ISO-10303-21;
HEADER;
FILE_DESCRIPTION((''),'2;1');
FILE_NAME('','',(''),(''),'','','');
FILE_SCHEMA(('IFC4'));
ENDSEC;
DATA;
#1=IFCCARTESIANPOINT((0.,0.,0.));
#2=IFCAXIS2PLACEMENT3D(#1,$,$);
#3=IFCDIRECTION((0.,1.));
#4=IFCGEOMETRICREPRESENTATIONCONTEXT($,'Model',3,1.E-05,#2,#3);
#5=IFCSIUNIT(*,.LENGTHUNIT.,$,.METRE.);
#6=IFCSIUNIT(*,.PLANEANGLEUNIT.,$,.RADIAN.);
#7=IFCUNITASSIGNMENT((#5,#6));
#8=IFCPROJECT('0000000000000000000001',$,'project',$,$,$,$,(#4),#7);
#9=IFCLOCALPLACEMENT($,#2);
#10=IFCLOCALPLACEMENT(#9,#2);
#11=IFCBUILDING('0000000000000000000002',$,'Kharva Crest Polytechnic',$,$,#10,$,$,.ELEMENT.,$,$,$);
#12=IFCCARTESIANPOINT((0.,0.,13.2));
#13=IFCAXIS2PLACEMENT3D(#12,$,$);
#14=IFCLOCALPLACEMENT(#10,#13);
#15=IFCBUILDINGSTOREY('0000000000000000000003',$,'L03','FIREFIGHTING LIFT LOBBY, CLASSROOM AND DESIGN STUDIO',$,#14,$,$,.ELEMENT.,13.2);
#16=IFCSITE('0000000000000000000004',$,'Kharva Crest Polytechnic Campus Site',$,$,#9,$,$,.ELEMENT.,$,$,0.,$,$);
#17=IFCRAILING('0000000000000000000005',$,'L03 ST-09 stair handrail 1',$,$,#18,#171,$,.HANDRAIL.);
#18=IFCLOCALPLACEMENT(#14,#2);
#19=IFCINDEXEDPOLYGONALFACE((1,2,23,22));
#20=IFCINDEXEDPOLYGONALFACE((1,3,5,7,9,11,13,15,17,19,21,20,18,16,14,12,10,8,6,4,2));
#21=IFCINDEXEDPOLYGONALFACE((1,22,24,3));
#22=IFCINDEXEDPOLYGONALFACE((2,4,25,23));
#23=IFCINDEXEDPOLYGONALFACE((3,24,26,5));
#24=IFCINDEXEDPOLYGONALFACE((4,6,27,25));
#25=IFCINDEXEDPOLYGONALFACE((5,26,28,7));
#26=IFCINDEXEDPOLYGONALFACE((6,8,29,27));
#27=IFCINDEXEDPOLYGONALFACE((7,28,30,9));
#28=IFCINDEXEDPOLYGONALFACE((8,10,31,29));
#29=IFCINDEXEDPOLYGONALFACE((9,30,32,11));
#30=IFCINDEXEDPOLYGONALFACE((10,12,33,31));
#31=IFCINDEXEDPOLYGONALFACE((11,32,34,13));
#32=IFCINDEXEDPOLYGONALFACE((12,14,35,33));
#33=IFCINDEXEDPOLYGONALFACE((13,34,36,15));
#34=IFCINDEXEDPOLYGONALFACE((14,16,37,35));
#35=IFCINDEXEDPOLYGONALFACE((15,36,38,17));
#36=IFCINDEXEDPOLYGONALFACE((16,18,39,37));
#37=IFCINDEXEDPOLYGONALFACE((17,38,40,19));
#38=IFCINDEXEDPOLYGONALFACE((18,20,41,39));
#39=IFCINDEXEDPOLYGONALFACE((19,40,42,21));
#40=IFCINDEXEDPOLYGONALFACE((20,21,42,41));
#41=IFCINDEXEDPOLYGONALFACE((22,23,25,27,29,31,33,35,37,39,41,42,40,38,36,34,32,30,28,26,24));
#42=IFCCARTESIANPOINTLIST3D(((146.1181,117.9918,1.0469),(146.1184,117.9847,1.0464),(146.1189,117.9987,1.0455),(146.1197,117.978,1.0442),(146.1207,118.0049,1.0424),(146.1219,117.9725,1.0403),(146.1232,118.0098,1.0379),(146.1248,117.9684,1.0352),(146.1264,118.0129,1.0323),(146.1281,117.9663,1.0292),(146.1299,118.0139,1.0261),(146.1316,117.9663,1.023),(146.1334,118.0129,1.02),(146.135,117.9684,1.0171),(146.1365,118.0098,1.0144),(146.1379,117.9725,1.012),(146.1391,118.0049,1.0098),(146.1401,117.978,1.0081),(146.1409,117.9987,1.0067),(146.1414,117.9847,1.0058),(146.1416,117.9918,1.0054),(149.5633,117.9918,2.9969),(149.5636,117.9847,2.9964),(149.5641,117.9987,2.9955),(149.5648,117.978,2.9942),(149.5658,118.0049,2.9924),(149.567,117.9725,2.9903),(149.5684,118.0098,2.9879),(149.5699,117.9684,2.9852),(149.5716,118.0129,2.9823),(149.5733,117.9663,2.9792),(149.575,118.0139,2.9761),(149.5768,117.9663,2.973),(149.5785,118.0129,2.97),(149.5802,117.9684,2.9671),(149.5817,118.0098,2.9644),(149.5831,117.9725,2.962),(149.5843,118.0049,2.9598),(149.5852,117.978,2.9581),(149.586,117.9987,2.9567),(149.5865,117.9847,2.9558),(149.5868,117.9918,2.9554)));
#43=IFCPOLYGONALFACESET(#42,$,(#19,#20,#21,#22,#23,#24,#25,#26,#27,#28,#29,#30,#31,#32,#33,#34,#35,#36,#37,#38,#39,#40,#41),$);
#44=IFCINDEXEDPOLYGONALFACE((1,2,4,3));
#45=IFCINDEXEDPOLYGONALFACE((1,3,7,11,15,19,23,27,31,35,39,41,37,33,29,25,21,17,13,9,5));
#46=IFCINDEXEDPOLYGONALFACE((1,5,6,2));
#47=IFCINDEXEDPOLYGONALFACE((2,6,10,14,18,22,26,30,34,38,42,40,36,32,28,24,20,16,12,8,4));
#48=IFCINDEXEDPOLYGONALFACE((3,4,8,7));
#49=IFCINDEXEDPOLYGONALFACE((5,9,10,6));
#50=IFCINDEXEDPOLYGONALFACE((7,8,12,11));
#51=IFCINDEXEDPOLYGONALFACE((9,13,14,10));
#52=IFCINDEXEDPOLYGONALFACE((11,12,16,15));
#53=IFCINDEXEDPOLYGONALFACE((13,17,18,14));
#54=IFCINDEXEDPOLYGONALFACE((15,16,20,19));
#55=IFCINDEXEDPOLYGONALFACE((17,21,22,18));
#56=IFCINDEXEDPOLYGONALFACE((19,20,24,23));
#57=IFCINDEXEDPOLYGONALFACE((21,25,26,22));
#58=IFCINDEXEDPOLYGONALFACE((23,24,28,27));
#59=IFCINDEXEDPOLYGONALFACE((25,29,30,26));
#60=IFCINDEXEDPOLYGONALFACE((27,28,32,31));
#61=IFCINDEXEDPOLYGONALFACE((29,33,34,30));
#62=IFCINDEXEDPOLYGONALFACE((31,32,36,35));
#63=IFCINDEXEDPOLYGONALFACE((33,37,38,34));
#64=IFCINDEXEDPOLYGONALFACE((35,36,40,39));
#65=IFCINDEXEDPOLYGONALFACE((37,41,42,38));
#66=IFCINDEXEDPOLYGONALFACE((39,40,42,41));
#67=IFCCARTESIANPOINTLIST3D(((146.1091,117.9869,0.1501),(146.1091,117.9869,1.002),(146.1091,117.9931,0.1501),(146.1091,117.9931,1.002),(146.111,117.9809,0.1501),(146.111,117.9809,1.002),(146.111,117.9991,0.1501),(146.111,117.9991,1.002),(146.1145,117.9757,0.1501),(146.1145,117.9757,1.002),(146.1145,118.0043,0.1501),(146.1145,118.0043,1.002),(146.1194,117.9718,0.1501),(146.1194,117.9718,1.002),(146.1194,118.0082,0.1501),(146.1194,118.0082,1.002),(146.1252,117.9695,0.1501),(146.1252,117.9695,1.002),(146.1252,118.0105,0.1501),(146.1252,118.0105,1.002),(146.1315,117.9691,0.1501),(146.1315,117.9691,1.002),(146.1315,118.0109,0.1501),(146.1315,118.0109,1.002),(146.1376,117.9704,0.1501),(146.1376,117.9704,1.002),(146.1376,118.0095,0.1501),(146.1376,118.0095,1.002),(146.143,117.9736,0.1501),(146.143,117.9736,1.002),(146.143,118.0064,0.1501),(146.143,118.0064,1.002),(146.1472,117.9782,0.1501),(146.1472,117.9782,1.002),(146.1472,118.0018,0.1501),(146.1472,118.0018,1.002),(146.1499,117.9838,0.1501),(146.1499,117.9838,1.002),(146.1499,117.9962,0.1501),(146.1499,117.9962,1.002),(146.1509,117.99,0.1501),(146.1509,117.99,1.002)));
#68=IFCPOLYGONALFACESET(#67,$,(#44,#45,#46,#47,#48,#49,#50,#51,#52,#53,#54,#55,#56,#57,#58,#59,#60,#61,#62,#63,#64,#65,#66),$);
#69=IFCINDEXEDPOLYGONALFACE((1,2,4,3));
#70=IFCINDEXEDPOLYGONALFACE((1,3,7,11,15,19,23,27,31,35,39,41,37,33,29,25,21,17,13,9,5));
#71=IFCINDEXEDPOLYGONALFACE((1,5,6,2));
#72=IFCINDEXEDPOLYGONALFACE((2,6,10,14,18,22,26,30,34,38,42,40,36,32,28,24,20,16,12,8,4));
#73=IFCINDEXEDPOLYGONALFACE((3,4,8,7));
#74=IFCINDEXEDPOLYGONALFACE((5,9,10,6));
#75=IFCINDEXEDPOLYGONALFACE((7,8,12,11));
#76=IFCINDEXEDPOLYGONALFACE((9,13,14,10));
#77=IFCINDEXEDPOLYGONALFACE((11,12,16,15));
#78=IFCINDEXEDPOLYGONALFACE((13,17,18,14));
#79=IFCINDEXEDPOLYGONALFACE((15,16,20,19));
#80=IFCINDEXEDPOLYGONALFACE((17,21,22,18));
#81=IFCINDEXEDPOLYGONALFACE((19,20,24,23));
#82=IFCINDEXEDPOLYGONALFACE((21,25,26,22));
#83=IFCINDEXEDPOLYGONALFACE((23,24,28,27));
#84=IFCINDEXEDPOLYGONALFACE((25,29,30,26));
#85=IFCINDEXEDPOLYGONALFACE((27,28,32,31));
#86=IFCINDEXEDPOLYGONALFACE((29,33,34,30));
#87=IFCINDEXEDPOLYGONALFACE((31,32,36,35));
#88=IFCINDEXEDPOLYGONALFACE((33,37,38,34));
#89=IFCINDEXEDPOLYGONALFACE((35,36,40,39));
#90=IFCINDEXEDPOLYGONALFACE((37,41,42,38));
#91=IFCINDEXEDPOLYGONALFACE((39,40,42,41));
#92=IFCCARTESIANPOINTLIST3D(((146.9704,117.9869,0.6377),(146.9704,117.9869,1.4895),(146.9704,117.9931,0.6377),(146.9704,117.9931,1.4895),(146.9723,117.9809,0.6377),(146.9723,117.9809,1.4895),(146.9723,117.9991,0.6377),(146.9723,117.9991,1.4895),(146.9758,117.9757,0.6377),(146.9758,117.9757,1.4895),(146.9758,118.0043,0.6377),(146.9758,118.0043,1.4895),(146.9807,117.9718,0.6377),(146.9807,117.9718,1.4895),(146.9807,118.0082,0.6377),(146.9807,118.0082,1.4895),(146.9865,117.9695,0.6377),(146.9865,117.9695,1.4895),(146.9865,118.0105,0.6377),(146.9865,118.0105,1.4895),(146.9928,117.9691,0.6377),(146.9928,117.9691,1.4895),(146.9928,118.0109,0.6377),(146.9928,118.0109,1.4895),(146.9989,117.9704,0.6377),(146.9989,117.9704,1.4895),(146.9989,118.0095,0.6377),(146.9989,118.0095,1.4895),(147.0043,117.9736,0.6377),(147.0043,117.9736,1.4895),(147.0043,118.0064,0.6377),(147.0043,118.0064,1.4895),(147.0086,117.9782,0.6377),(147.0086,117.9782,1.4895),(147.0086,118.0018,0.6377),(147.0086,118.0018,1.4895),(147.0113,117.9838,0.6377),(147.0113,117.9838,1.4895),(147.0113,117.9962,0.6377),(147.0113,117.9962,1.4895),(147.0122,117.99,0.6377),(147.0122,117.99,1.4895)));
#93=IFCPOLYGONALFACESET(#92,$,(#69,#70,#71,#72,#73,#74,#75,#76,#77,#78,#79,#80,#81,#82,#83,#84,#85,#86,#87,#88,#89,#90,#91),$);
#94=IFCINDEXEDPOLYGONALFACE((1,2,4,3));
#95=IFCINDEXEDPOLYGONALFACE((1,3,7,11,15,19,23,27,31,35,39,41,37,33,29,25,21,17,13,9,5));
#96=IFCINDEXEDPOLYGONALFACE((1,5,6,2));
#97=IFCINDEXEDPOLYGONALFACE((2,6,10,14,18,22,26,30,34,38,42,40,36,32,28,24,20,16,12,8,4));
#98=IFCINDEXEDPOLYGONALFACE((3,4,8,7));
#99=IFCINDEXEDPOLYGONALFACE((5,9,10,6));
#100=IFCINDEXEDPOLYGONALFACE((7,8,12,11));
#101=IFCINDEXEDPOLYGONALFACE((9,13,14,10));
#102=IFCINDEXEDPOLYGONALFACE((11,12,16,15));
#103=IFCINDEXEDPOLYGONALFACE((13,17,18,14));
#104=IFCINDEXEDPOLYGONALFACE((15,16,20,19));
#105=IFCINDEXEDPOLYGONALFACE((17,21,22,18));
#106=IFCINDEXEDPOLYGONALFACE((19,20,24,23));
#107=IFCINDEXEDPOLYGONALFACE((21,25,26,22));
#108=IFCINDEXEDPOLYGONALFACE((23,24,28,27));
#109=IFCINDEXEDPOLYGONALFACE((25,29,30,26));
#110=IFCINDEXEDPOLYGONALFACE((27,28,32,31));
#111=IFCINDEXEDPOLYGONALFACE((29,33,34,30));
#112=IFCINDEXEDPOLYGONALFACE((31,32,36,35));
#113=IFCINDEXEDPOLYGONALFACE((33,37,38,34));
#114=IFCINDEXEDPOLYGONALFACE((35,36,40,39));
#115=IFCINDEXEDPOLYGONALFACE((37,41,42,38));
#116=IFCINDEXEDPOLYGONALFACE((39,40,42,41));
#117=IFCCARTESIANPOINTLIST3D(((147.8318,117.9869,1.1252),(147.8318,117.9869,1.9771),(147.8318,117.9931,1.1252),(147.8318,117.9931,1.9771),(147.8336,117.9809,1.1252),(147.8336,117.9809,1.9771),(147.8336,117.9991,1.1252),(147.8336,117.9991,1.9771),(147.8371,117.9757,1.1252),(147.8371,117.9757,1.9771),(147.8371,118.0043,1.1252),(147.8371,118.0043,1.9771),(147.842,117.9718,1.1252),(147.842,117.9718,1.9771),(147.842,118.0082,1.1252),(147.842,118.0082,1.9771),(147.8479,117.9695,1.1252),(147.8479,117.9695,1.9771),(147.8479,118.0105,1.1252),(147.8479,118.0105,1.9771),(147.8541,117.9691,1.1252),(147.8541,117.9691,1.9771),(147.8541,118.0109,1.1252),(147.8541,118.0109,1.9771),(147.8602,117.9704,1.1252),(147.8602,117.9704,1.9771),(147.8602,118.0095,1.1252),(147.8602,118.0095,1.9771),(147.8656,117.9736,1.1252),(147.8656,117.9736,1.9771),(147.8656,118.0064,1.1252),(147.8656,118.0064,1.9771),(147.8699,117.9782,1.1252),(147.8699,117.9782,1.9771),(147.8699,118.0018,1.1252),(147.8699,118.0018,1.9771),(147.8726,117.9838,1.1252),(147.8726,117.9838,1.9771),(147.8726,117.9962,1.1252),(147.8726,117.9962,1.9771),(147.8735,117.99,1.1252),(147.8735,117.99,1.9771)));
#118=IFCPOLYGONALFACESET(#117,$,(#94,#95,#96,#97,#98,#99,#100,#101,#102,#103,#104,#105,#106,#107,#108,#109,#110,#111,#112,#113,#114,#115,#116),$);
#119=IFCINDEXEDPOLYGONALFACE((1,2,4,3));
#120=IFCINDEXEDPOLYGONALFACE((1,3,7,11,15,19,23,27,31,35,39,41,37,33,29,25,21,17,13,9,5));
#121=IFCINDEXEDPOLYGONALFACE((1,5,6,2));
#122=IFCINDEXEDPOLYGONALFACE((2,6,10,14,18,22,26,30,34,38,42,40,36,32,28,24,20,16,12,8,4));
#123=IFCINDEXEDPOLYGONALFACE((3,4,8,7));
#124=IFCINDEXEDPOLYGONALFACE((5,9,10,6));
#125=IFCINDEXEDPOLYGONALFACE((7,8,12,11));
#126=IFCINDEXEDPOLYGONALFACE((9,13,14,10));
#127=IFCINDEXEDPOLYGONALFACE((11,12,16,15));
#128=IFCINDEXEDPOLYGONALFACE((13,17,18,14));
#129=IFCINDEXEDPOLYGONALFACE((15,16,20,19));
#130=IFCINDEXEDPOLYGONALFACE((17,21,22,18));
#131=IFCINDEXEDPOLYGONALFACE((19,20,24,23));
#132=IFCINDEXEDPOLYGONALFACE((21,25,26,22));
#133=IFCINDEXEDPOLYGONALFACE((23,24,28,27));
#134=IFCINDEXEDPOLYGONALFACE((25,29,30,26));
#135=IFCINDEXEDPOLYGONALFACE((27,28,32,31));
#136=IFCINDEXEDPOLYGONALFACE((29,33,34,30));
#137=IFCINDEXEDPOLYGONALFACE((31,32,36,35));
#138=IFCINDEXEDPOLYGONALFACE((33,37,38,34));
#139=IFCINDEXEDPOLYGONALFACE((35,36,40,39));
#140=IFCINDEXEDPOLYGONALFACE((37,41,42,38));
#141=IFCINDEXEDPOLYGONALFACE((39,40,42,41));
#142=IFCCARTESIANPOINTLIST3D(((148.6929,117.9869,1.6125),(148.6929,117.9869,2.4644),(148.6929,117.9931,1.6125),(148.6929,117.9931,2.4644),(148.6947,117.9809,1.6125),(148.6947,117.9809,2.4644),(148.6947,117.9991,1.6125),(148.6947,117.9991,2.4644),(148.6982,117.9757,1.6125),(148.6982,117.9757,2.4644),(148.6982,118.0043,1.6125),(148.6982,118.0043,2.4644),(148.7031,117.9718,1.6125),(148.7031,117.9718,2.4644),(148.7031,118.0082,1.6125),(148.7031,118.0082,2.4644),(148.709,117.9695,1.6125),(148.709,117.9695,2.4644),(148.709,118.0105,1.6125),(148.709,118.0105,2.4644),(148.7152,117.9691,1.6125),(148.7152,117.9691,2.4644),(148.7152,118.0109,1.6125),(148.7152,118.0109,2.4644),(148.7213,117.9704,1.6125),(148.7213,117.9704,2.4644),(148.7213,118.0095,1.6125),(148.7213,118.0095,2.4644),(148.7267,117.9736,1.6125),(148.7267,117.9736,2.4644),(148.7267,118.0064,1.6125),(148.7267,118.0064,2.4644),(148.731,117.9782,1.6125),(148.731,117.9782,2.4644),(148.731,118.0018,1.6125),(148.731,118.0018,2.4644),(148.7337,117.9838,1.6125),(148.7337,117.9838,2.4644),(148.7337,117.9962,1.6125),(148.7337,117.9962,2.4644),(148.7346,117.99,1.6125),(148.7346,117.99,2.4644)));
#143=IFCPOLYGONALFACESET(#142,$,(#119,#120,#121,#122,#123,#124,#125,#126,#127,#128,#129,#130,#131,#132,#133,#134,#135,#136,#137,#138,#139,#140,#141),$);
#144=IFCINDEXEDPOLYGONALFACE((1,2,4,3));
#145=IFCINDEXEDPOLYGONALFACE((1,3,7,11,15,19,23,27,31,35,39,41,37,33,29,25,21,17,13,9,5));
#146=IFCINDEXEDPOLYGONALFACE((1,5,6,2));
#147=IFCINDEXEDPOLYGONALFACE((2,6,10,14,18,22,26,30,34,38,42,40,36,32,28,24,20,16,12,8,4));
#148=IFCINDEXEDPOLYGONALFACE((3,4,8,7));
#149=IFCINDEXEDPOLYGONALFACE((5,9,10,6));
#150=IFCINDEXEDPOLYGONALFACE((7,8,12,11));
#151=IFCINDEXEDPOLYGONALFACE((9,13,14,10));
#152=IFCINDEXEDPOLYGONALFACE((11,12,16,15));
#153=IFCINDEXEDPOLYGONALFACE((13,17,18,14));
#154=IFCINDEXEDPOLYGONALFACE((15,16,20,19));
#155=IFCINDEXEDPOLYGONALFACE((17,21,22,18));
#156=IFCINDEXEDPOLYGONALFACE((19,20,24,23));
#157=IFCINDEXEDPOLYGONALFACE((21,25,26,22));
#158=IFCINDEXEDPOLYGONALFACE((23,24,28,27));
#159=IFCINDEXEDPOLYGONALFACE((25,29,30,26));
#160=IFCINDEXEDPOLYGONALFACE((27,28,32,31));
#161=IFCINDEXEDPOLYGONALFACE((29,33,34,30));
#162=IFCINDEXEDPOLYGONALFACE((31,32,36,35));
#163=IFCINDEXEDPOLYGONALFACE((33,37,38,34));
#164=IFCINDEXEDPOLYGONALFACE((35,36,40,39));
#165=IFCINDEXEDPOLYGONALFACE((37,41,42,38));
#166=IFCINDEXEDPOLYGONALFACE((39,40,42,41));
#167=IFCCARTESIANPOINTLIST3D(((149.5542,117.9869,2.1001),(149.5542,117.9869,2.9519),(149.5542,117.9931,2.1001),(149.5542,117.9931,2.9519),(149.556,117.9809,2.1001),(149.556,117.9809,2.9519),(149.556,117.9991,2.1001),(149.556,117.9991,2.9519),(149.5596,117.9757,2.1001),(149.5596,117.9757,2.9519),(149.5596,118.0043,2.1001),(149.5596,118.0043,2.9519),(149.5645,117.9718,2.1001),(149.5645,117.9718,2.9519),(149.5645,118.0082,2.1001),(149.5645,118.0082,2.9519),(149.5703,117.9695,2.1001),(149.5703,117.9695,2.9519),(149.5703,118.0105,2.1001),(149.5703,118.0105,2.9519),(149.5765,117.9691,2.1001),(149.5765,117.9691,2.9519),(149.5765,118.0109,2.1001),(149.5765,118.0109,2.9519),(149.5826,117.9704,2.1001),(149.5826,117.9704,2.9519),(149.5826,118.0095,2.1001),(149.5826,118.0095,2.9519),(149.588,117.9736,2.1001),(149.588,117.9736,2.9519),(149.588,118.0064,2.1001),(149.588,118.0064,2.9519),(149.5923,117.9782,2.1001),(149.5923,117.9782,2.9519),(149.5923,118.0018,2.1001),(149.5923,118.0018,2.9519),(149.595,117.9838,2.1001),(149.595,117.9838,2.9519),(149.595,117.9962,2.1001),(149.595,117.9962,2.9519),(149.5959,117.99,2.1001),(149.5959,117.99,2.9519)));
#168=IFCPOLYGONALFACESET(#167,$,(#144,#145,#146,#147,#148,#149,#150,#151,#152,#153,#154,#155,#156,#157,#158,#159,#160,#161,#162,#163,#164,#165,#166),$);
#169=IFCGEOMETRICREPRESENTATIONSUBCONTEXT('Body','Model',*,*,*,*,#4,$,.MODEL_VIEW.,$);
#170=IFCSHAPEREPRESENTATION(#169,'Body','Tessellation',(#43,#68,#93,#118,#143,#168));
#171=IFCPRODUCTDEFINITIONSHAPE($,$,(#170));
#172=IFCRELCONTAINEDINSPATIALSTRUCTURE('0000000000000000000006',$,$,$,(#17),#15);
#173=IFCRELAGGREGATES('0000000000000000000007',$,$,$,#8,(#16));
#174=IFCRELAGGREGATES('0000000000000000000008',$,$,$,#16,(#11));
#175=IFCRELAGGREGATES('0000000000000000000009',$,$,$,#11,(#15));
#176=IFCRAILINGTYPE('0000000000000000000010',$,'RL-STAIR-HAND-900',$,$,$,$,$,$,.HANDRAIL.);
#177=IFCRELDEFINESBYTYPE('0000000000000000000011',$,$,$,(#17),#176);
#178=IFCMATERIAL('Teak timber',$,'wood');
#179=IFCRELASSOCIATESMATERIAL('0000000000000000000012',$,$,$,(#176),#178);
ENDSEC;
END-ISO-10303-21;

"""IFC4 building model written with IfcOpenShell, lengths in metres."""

from ifc_helpers import new_model, si_unit, direction, frame, origin, origin_2d, place, context, subcontext, project, spatial, circle, extrude, material, type_object, element, save


model = new_model("IFC4")

# Units and contexts
model_context = context("Model", 3, precision=1e-05, world=origin(), true_north=direction((0.0, 1.0)))
body_context = subcontext(model_context, "Body", "Model", "MODEL_VIEW")
ifc_project = project(units=[si_unit("LENGTHUNIT", "METRE"), si_unit("PLANEANGLEUNIT", "RADIAN")], contexts=[model_context])

# Site, building, storey
site_placement = place(None, origin())
site = spatial("IfcSite", under=ifc_project, at=site_placement, Name="Kharva Crest Polytechnic Campus Site", CompositionType="ELEMENT", RefElevation=0.0)
building_placement = place(site_placement, origin())
building = spatial("IfcBuilding", under=site, at=building_placement, Name="Kharva Crest Polytechnic", CompositionType="ELEMENT")
storey_placement = place(building_placement, frame((0.0, 0.0, 13.2)))
storey = spatial("IfcBuildingStorey", under=building, at=storey_placement, Name="L03", Description="FIREFIGHTING LIFT LOBBY, CLASSROOM AND DESIGN STUDIO", CompositionType="ELEMENT", Elevation=13.2)

# Shared definitions
ifc_material_1 = material(Name="Teak timber", Category="wood")

# Railing
railing_type_1 = type_object("IfcRailingType", Name="RL-STAIR-HAND-900", PredefinedType="HANDRAIL", material=ifc_material_1)
railing_1_placement = place(storey_placement, frame((146.1299, 117.99, 0.1501)))
element("IfcRailing", 1, at=railing_1_placement, inside=storey, type_object=railing_type_1, Name="L03 ST-09 stair handrail 1", PredefinedType="HANDRAIL", context=body_context, shape_type="SweptSolid", body=[
    extrude(circle(Radius=0.0239, at=origin_2d()), frame((0.0, 0.0, 0.876), z_axis=(0.870266, 0.0, 0.492581), x_axis=(0.0, 1.0, 0.0)), (0.0, 0.0, 1.0), 3.9587),
    extrude(circle(Radius=0.021, at=origin_2d()), origin(), (0.0, 0.0, 1.0), 0.8518),
    extrude(circle(Radius=0.021, at=origin_2d()), frame((0.8613, 0.0, 0.4875)), (0.0, 0.0, 1.0), 0.8518),
    extrude(circle(Radius=0.021, at=origin_2d()), frame((1.7227, 0.0, 0.9751)), (0.0, 0.0, 1.0), 0.8518),
    extrude(circle(Radius=0.021, at=origin_2d()), frame((2.5837, 0.0, 1.4624)), (0.0, 0.0, 1.0), 0.8518),
    extrude(circle(Radius=0.021, at=origin_2d()), frame((3.4451, 0.0, 1.95)), (0.0, 0.0, 1.0), 0.8518),
])

save(model, "model.ifc")
